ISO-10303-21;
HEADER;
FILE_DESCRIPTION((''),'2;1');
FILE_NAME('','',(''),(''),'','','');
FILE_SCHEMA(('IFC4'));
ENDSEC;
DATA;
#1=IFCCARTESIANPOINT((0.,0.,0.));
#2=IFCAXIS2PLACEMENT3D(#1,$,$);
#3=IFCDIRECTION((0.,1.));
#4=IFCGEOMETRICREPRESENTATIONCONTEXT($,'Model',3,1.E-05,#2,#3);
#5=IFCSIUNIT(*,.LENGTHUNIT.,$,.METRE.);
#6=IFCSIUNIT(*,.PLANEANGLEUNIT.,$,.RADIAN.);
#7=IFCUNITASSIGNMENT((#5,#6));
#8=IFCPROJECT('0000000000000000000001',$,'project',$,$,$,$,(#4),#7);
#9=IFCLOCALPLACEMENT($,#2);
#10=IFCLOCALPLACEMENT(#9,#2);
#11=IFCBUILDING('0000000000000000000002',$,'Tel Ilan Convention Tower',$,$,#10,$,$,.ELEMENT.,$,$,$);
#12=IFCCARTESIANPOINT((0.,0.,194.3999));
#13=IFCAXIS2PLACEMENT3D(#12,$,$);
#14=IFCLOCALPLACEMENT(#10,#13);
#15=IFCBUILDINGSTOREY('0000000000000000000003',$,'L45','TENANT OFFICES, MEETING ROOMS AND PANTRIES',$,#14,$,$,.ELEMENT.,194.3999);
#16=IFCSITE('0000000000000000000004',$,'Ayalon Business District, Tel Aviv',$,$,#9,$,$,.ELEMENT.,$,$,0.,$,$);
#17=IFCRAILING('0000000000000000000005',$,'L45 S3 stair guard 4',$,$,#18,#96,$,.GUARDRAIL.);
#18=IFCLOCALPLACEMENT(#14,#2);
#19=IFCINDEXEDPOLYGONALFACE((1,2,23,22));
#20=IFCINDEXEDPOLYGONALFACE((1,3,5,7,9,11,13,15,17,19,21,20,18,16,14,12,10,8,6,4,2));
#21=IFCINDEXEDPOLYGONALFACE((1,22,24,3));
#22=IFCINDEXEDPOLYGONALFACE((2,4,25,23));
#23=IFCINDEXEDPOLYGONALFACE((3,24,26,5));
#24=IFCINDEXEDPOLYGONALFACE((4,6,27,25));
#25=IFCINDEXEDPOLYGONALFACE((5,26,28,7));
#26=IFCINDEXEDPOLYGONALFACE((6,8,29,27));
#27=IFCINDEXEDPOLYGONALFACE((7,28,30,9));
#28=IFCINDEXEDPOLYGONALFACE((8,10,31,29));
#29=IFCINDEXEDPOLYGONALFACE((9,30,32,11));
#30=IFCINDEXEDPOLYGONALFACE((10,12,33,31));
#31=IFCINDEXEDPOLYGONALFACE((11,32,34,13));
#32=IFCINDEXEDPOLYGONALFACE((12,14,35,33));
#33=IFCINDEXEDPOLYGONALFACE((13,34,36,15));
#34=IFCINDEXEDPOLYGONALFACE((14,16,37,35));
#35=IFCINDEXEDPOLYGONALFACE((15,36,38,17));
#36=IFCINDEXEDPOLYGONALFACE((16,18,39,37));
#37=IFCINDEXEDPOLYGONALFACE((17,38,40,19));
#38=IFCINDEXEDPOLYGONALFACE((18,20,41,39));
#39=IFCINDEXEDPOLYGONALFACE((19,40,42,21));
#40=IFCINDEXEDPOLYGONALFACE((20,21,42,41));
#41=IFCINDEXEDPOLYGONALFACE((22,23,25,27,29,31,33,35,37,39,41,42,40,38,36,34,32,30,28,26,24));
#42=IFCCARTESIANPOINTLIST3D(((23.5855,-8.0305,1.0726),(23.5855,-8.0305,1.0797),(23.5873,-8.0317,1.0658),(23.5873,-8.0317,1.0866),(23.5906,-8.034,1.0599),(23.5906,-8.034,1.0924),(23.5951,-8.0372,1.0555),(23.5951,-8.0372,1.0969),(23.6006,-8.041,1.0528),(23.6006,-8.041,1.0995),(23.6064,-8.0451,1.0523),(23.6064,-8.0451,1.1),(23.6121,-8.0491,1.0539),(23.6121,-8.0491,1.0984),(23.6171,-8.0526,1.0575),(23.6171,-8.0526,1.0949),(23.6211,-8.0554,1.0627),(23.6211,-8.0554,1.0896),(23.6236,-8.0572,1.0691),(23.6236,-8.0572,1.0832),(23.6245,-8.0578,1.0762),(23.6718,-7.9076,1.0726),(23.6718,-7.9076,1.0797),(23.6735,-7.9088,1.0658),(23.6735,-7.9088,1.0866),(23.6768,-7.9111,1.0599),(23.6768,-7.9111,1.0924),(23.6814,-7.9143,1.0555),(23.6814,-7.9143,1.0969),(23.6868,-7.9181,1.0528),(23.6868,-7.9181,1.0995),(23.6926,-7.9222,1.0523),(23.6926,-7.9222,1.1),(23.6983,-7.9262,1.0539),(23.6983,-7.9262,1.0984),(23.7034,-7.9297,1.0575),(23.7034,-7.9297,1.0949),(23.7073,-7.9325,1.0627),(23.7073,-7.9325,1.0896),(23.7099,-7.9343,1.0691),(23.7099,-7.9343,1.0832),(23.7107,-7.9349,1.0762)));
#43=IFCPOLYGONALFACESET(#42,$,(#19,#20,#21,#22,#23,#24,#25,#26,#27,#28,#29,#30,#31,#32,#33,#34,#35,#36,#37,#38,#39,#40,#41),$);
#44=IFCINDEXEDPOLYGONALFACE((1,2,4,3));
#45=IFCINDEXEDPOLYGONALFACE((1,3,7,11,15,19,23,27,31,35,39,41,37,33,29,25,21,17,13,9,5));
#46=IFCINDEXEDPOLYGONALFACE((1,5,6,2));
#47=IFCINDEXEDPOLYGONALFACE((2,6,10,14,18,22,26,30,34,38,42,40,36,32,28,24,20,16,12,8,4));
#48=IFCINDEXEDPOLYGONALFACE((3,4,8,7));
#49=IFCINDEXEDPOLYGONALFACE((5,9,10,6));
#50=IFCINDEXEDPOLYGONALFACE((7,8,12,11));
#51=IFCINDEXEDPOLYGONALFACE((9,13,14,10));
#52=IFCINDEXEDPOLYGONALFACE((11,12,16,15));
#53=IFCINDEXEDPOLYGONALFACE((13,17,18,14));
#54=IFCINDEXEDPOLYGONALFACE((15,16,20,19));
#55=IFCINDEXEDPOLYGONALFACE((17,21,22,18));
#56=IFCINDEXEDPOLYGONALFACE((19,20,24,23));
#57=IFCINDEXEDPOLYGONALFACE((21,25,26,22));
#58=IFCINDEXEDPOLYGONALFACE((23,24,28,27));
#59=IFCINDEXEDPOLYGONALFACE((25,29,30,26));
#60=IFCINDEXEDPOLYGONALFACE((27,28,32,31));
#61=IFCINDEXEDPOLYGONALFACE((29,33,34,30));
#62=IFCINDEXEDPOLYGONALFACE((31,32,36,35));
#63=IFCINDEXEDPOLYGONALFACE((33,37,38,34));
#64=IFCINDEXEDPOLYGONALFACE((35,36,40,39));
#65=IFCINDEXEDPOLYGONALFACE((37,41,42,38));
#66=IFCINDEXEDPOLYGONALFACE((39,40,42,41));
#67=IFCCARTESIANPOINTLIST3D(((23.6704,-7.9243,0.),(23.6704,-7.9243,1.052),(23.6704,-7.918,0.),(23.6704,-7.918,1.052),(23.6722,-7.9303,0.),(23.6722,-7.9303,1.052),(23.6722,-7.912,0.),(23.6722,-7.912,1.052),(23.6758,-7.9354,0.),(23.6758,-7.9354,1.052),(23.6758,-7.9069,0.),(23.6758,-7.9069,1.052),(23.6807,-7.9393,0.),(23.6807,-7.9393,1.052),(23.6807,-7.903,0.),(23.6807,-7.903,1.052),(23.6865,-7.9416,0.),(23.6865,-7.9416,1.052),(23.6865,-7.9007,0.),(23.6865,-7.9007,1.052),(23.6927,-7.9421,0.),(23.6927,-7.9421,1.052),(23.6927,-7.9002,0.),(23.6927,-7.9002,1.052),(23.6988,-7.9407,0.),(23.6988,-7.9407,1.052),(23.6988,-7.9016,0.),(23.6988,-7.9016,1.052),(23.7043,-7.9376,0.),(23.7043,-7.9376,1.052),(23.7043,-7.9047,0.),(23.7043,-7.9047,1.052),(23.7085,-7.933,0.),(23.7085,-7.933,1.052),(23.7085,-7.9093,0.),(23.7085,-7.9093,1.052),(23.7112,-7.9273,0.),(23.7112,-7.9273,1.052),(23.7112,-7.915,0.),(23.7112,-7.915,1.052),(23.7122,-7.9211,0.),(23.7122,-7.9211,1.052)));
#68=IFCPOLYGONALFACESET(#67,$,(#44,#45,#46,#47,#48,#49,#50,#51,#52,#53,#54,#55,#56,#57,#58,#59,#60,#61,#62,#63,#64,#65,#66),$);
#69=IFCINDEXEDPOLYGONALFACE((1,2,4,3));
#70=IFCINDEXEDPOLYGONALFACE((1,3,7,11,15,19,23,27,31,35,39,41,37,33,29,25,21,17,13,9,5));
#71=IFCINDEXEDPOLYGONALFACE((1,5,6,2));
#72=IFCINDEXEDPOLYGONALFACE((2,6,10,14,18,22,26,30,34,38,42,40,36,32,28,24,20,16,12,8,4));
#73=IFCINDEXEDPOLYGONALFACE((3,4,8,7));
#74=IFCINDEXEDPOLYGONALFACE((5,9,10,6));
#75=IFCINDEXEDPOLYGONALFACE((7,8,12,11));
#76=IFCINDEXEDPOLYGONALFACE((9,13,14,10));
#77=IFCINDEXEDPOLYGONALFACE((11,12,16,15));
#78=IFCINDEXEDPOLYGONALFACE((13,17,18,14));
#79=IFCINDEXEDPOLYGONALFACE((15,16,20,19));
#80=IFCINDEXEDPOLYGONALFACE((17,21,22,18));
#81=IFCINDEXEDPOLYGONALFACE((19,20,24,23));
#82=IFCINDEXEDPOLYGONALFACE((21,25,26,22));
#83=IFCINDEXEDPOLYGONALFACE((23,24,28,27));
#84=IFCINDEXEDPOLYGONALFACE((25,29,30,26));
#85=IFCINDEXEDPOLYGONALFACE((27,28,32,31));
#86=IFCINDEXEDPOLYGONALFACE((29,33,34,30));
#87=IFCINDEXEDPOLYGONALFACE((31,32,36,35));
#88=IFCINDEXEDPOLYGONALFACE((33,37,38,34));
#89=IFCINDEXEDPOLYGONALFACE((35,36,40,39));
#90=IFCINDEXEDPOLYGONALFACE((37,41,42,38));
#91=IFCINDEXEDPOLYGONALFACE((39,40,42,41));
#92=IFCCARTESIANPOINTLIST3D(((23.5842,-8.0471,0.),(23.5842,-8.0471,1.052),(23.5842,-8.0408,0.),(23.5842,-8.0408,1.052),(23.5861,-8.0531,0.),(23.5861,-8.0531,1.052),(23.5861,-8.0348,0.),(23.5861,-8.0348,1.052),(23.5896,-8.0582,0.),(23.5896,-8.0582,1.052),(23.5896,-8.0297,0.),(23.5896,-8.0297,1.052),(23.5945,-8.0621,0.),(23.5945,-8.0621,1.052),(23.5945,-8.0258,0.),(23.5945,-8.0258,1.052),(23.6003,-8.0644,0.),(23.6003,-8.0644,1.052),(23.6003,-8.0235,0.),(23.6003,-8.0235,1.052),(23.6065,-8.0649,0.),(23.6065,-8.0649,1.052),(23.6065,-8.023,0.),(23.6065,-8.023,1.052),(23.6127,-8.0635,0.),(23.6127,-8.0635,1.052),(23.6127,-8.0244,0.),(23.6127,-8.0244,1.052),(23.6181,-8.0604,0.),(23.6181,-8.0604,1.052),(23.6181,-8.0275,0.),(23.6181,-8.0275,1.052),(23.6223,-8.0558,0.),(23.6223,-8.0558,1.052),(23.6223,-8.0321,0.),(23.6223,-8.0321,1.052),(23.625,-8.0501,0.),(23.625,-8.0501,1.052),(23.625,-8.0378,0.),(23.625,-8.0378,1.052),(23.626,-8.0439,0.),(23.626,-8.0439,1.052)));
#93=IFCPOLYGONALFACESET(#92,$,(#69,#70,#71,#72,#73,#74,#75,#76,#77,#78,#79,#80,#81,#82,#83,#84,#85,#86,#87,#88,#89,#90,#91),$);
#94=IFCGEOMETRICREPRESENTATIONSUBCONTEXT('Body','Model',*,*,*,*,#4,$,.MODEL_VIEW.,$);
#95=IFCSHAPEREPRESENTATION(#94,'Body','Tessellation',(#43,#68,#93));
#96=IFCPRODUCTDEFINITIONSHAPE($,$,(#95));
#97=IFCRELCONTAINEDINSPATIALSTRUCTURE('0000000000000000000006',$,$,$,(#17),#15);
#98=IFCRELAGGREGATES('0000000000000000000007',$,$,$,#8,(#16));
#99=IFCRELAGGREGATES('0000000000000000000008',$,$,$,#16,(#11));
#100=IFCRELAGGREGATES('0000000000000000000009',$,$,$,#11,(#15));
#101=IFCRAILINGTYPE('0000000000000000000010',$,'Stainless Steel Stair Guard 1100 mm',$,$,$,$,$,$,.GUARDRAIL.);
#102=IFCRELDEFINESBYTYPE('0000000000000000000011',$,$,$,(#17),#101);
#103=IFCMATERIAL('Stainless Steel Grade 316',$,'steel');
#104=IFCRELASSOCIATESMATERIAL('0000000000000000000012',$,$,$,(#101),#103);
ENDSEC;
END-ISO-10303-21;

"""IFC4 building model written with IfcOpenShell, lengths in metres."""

from ifc_helpers import new_model, si_unit, direction, frame, origin, origin_2d, place, context, subcontext, project, spatial, circle, extrude, material, type_object, element, save


model = new_model("IFC4")

# Units and contexts
model_context = context("Model", 3, precision=1e-05, world=origin(), true_north=direction((0.0, 1.0)))
body_context = subcontext(model_context, "Body", "Model", "MODEL_VIEW")
ifc_project = project(units=[si_unit("LENGTHUNIT", "METRE"), si_unit("PLANEANGLEUNIT", "RADIAN")], contexts=[model_context])

# Site, building, storey
site_placement = place(None, origin())
site = spatial("IfcSite", under=ifc_project, at=site_placement, Name="Ayalon Business District, Tel Aviv", CompositionType="ELEMENT", RefElevation=0.0)
building_placement = place(site_placement, origin())
building = spatial("IfcBuilding", under=site, at=building_placement, Name="Tel Ilan Convention Tower", CompositionType="ELEMENT")
storey_placement = place(building_placement, frame((0.0, 0.0, 194.3999)))
storey = spatial("IfcBuildingStorey", under=building, at=storey_placement, Name="L45", Description="TENANT OFFICES, MEETING ROOMS AND PANTRIES", CompositionType="ELEMENT", Elevation=194.3999)

# Railing
ifc_material_1 = material(Name="Stainless Steel Grade 316", Category="steel")
railing_type_1 = type_object("IfcRailingType", Name="Stainless Steel Stair Guard 1100 mm", PredefinedType="GUARDRAIL", material=ifc_material_1)
railing_1_placement = place(storey_placement, frame((23.6912, -7.9211, 0.0)))
element("IfcRailing", 1, at=railing_1_placement, inside=storey, type_object=railing_type_1, Name="L45 S3 stair guard 4", PredefinedType="GUARDRAIL", context=body_context, shape_type="SweptSolid", body=[
    extrude(circle(Radius=0.0239, at=origin_2d()), frame((0.0, 0.0, 1.0762), z_axis=(-0.574445, -0.818543, 0.0), x_axis=(0.818543, -0.574445, 0.0)), (0.0, 0.0, 1.0), 0.1501),
    extrude(circle(Radius=0.021, at=origin_2d()), origin(), (0.0, 0.0, 1.0), 1.052),
    extrude(circle(Radius=0.021, at=origin_2d()), frame((-0.0862, -0.1228, 0.0)), (0.0, 0.0, 1.0), 1.052),
])

save(model, "model.ifc")
